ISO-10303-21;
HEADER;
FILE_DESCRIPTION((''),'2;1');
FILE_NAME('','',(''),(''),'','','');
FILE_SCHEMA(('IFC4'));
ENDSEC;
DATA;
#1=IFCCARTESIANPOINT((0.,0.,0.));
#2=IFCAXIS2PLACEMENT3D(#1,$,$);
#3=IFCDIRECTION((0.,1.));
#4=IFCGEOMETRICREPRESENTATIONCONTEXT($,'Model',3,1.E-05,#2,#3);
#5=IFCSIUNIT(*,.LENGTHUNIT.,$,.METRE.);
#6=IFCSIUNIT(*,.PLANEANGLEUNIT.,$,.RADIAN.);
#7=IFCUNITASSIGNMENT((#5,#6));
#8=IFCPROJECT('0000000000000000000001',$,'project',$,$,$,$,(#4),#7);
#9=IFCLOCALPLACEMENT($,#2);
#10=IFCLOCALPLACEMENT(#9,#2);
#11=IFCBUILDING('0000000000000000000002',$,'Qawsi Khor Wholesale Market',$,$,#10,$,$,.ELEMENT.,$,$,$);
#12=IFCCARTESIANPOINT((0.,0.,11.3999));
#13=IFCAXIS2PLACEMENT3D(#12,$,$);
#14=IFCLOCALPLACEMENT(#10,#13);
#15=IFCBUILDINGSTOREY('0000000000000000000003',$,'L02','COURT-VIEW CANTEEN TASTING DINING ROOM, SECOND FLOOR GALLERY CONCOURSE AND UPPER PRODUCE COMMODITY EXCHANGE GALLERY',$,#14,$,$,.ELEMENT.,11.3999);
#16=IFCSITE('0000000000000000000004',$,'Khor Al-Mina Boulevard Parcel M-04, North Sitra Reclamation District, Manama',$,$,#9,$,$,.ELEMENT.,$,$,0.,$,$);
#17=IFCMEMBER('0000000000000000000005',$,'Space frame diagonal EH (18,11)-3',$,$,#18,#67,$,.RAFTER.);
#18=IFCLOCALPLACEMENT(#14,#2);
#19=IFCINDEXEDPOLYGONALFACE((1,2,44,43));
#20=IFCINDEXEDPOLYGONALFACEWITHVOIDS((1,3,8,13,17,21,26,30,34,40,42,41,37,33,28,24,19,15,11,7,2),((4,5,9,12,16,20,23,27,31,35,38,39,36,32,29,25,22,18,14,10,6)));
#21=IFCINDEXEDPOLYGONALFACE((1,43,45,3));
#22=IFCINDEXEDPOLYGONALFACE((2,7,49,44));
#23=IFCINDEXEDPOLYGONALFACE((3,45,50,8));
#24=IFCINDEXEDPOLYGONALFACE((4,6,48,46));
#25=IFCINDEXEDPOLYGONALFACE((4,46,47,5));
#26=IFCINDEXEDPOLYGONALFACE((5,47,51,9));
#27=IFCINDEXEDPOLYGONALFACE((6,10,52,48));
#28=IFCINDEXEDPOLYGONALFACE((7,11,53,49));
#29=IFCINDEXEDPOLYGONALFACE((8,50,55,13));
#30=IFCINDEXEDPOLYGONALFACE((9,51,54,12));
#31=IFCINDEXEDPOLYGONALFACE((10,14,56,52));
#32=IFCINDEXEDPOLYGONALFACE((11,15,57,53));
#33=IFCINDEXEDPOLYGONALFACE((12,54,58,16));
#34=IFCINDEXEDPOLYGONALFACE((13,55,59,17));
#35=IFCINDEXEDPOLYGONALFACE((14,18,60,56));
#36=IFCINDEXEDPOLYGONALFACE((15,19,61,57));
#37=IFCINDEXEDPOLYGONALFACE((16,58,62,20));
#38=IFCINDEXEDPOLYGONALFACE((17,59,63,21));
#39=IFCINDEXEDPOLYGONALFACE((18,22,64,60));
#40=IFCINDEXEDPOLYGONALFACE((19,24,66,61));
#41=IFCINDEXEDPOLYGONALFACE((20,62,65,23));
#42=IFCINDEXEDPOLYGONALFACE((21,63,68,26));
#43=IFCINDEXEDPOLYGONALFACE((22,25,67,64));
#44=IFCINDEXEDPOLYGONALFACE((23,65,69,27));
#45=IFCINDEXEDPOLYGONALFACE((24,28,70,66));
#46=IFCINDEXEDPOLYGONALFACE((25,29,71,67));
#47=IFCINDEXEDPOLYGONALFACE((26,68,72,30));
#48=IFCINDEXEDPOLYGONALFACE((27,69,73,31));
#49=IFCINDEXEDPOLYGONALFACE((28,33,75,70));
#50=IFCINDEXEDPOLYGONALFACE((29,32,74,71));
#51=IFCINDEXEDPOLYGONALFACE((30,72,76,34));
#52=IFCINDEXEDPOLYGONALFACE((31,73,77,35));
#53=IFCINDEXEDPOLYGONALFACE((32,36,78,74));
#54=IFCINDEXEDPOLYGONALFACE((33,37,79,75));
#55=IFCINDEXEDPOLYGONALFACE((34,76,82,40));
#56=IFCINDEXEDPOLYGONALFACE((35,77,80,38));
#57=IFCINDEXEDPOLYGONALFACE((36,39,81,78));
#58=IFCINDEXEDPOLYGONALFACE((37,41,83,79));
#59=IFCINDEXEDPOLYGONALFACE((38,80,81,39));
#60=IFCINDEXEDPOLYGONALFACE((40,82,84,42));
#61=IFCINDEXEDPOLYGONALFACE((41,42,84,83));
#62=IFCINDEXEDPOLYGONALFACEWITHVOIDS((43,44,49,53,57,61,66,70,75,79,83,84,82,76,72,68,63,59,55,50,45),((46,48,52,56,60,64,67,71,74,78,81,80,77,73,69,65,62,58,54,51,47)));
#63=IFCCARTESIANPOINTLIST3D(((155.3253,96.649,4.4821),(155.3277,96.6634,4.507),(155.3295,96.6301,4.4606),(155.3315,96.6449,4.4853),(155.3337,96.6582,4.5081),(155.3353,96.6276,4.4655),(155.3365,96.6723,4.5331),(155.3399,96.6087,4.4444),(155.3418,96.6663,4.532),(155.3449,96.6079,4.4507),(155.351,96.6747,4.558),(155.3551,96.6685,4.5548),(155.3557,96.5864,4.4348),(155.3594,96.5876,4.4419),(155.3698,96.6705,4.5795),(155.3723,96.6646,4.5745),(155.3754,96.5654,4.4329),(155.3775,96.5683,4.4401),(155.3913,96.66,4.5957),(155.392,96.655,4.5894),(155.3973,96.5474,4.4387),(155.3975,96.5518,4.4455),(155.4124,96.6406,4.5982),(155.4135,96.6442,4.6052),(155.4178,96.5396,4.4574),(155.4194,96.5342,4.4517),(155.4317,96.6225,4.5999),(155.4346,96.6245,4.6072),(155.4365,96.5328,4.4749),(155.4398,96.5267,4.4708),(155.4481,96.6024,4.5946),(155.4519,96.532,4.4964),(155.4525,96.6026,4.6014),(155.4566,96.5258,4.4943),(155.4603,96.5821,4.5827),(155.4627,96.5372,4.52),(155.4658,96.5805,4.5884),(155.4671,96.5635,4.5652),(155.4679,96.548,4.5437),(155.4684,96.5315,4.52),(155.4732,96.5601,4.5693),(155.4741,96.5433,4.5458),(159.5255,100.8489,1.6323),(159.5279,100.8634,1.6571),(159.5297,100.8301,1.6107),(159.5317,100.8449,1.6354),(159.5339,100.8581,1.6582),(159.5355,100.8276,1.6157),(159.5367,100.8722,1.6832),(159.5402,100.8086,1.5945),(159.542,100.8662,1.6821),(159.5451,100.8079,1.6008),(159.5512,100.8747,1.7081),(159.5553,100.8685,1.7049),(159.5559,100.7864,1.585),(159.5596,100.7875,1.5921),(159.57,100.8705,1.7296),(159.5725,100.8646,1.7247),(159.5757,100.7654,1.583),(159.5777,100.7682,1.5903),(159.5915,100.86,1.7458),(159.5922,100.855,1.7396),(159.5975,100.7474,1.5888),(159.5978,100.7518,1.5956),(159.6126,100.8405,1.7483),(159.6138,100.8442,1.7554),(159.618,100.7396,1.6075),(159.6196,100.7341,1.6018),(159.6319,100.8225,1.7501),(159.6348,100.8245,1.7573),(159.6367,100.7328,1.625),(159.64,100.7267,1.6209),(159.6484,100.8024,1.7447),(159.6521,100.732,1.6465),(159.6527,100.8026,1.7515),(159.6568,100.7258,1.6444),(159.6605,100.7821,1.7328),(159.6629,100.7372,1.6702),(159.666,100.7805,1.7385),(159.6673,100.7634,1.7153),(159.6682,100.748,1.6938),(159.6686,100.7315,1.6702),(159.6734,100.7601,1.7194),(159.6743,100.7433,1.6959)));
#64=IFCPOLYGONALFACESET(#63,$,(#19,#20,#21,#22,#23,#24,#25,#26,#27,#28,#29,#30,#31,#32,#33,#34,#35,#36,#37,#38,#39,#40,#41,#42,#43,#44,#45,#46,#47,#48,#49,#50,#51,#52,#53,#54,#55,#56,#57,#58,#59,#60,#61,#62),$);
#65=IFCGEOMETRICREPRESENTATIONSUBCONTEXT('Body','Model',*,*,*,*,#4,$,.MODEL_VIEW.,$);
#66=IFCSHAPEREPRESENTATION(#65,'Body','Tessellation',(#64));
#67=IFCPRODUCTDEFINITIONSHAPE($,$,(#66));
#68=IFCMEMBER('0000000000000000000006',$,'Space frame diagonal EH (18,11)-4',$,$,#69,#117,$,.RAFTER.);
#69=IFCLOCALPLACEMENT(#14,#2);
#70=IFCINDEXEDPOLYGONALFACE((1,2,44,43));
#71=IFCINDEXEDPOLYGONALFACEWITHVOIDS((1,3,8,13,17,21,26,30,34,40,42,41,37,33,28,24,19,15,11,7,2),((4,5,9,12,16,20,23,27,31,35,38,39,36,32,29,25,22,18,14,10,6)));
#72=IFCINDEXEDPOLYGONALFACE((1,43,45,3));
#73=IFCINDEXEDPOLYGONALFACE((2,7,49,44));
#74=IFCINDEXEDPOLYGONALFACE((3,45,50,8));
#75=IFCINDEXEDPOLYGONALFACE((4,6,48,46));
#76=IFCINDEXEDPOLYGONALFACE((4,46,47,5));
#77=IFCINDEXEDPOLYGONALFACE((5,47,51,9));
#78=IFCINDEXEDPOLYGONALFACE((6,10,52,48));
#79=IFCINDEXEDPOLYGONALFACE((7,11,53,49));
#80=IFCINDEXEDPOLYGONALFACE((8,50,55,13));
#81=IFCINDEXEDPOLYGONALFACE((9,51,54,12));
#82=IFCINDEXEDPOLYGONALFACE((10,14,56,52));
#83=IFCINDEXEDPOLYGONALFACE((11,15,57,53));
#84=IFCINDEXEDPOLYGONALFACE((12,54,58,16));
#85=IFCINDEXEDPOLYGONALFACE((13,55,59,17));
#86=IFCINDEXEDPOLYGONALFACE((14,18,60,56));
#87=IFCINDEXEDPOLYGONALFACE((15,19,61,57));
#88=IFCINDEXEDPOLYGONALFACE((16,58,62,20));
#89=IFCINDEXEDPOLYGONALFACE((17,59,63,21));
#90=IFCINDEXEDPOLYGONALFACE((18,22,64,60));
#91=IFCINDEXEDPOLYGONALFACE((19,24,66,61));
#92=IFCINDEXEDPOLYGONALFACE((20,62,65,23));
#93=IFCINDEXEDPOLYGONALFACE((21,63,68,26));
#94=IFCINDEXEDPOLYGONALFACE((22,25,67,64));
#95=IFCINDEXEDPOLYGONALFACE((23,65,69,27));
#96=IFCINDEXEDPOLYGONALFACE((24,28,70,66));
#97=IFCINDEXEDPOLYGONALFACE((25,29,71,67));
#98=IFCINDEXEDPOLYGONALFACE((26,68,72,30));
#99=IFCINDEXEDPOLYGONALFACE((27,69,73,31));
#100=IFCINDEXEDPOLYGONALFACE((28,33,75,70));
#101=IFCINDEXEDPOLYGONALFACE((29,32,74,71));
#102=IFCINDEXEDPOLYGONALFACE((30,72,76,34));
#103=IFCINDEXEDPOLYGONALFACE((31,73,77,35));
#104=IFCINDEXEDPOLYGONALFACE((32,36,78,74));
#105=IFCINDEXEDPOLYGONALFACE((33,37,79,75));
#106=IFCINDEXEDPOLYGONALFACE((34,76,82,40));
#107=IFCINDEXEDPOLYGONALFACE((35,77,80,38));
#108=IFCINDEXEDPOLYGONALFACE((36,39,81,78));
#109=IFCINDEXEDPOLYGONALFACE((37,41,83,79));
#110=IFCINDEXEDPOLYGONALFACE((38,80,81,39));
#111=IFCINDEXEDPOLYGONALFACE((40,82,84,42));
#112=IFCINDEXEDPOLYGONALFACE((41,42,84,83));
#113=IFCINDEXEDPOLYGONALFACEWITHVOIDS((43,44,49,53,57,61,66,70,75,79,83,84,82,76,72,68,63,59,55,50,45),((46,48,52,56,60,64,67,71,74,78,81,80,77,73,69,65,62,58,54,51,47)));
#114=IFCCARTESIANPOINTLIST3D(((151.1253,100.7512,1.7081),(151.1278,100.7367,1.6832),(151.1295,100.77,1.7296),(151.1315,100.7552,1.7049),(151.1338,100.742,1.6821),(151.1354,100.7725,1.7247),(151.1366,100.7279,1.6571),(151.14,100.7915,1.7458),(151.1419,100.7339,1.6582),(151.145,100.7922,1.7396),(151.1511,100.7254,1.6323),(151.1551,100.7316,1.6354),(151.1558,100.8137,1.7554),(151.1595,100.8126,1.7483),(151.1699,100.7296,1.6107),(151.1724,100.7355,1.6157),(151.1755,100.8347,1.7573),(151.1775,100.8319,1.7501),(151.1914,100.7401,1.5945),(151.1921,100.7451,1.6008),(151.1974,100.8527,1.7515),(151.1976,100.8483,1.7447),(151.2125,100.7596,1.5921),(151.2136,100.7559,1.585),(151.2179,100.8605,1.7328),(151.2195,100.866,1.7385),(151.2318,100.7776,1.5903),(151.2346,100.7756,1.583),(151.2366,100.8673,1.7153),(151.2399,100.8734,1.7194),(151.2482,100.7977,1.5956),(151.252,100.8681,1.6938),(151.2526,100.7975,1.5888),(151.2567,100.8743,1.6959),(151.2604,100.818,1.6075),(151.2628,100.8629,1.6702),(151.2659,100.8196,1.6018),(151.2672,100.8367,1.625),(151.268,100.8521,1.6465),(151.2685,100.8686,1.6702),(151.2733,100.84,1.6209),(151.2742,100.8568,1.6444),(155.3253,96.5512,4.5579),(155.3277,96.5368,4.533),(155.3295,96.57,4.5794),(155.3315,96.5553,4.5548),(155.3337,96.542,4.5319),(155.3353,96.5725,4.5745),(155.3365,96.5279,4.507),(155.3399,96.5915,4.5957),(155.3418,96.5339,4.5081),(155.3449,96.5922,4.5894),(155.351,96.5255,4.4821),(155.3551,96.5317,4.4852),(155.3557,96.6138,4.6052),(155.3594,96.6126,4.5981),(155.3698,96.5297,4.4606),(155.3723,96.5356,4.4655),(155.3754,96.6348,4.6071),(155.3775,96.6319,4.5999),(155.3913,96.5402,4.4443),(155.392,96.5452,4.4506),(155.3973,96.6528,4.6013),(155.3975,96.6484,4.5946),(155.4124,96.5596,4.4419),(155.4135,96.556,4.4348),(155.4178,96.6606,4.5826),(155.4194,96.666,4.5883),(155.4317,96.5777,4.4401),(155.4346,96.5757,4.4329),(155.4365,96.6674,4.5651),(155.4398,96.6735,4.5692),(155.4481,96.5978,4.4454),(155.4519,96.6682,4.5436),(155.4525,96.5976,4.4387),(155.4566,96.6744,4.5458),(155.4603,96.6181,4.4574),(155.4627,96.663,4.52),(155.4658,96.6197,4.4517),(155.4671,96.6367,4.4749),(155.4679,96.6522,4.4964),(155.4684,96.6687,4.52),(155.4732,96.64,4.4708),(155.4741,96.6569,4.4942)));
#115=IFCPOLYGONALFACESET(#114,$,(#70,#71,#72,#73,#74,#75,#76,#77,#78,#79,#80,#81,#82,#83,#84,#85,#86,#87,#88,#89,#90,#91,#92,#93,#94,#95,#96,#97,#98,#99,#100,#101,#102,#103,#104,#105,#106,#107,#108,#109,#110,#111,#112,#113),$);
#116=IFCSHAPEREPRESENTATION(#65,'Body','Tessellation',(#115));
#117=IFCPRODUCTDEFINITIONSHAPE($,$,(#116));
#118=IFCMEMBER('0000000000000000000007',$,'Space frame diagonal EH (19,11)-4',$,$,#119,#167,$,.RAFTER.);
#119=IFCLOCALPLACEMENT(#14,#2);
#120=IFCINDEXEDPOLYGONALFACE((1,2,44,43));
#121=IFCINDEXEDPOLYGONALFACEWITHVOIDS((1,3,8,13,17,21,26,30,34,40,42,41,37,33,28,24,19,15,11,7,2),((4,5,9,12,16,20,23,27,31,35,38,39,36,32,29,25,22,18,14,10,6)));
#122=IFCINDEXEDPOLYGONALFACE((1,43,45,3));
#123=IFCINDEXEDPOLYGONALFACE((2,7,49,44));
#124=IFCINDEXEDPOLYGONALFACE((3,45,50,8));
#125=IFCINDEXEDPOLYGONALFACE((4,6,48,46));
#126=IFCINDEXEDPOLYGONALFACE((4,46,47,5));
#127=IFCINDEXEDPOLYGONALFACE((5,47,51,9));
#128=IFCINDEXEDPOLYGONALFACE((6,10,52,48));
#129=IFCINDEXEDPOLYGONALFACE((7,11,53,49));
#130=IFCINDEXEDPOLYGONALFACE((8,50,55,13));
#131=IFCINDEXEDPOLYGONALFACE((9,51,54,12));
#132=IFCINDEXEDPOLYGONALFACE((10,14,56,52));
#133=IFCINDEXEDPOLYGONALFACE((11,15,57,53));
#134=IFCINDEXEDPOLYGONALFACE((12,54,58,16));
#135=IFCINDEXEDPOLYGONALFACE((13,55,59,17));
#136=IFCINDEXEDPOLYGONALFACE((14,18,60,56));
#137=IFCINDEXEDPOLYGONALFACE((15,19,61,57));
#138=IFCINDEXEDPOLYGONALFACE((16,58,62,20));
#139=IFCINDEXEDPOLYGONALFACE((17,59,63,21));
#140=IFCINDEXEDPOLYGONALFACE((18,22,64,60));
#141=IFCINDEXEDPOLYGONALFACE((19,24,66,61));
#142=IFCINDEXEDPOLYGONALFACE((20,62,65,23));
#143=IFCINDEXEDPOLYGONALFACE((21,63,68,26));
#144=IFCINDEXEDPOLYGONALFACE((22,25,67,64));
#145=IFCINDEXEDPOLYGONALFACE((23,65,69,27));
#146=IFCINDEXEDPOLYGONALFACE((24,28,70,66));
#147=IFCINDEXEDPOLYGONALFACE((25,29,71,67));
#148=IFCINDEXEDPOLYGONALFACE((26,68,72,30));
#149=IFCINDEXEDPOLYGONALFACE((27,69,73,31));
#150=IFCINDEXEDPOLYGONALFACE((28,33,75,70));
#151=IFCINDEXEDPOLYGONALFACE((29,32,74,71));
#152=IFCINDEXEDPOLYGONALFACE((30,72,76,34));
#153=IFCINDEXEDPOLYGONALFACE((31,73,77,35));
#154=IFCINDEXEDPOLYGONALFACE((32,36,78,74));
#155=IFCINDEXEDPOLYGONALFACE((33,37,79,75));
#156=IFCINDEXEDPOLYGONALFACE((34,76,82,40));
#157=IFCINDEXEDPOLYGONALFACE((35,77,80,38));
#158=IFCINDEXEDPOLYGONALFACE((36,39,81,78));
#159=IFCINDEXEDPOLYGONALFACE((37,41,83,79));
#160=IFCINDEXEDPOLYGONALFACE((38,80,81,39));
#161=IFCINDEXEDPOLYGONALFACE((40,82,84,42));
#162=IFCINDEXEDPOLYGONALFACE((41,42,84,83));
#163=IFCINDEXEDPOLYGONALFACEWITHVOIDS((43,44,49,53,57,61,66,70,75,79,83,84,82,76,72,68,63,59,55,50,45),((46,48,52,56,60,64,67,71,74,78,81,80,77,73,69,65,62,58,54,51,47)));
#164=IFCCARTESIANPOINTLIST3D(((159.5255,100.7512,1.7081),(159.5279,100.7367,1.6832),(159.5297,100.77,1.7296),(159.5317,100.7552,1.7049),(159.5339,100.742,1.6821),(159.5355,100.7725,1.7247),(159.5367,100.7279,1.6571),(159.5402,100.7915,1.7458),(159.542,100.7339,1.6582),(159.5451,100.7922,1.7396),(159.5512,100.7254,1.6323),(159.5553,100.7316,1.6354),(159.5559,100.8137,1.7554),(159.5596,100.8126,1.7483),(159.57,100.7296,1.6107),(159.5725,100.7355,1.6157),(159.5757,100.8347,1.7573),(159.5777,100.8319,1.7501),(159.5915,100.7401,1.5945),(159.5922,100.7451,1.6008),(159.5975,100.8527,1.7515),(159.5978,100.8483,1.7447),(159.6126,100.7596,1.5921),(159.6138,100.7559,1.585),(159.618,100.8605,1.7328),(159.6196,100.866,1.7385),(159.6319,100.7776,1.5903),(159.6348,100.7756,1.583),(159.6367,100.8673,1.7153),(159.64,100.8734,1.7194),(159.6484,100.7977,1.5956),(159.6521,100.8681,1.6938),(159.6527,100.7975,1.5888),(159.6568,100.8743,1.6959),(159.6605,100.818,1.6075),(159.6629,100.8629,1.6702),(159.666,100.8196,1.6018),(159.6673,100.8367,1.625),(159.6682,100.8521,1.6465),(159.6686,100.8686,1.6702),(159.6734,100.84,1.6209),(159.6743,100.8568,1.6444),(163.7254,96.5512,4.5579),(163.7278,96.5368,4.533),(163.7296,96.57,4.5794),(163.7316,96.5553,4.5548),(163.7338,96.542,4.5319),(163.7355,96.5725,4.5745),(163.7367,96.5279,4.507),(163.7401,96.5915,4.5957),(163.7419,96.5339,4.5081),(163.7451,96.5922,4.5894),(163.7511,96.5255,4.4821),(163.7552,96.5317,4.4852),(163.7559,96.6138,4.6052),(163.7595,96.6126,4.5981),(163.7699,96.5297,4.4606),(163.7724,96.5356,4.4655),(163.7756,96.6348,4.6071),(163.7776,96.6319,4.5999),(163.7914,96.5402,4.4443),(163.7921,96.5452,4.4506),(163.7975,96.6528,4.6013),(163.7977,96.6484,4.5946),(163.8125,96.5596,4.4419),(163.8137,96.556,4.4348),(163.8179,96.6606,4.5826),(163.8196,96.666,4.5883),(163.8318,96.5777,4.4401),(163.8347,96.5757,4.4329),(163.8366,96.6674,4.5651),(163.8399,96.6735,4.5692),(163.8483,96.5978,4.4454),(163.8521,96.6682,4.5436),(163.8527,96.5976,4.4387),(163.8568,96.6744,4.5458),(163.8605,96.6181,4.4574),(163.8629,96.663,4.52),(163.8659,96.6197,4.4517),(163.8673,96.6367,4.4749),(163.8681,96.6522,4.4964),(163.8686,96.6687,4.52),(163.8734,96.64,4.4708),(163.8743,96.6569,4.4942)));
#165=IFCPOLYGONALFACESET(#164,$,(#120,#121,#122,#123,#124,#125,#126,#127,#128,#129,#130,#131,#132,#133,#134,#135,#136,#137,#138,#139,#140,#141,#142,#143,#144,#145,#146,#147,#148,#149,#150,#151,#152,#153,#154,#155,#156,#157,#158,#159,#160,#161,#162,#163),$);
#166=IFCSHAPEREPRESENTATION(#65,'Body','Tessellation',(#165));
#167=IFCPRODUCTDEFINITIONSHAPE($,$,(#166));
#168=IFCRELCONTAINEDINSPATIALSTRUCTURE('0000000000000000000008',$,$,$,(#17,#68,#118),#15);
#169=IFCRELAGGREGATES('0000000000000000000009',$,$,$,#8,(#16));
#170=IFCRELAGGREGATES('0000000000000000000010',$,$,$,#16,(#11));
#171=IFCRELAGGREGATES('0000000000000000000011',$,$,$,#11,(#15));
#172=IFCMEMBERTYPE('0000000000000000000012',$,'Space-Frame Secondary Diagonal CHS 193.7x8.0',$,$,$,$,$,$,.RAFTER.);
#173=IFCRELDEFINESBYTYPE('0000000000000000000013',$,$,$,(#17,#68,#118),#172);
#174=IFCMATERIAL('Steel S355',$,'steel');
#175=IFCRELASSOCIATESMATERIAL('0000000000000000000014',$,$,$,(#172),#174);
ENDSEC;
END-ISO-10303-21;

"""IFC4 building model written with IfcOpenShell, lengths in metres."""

from ifc_helpers import new_model, si_unit, direction, frame, origin, origin_2d, place, context, subcontext, project, spatial, hollow_circle, extrude, material, material_profile, profile_set, type_object, element, save


model = new_model("IFC4")

# Units and contexts
model_context = context("Model", 3, precision=1e-05, world=origin(), true_north=direction((0.0, 1.0)))
body_context = subcontext(model_context, "Body", "Model", "MODEL_VIEW")
ifc_project = project(units=[si_unit("LENGTHUNIT", "METRE"), si_unit("PLANEANGLEUNIT", "RADIAN")], contexts=[model_context])

# Site, building, storey
site_placement = place(None, origin())
site = spatial("IfcSite", under=ifc_project, at=site_placement, Name="Khor Al-Mina Boulevard Parcel M-04, North Sitra Reclamation District, Manama", CompositionType="ELEMENT", RefElevation=0.0)
building_placement = place(site_placement, origin())
building = spatial("IfcBuilding", under=site, at=building_placement, Name="Qawsi Khor Wholesale Market", CompositionType="ELEMENT")
storey_placement = place(building_placement, frame((0.0, 0.0, 11.3999)))
storey = spatial("IfcBuildingStorey", under=building, at=storey_placement, Name="L02", Description="COURT-VIEW CANTEEN TASTING DINING ROOM, SECOND FLOOR GALLERY CONCOURSE AND UPPER PRODUCE COMMODITY EXCHANGE GALLERY", CompositionType="ELEMENT", Elevation=11.3999)

# Members
ifc_material_1 = material(Name="Steel S355", Category="steel")
ifc_material_profile_1 = material_profile(ifc_material_1, hollow_circle(Radius=0.0969, WallThickness=0.0081, at=origin_2d()), Name="CHS 193.7x8.0")
ifc_profile_set_1 = profile_set([ifc_material_profile_1], Name="Steel S355")
member_type_1 = type_object("IfcMemberType", Name="Space-Frame Secondary Diagonal CHS 193.7x8.0", PredefinedType="RAFTER", material=ifc_profile_set_1)
member_1_placement = place(storey_placement, frame((159.6001, 100.8, 1.6702), z_axis=(-0.637544, -0.637507, 0.432577), x_axis=(0.707086, -0.707127, 0.0)))
element("IfcMember", 1, at=member_1_placement, inside=storey, type_object=member_type_1, Name="Space frame diagonal EH (18,11)-3", PredefinedType="RAFTER", context=body_context, shape_type="SweptSolid", body=[
    extrude(hollow_circle(Radius=0.0969, WallThickness=0.0081, at=origin_2d()), origin(), (0.0, 0.0, 1.0), 6.5881),
])
for number, where, z_axis, x_axis, name in (
    (2, (151.2, 100.8, 1.6702), (0.637522, -0.637522, 0.432587), (0.707107, 0.707107, 0.0), "Space frame diagonal EH (18,11)-4"),
    (3, (159.6001, 100.8, 1.6702), (0.637522, -0.637522, 0.432587), (0.707107, 0.707107, 0.0), "Space frame diagonal EH (19,11)-4"),
):
    element("IfcMember", number, at=place(storey_placement, frame(where, z_axis=z_axis, x_axis=x_axis)), inside=storey, type_object=member_type_1, Name=name, PredefinedType="RAFTER", context=body_context, shape_type="SweptSolid", body=[
        extrude(hollow_circle(Radius=0.0969, WallThickness=0.0081, at=origin_2d()), origin(), (0.0, 0.0, 1.0), 6.5879),
    ])

save(model, "model.ifc")
